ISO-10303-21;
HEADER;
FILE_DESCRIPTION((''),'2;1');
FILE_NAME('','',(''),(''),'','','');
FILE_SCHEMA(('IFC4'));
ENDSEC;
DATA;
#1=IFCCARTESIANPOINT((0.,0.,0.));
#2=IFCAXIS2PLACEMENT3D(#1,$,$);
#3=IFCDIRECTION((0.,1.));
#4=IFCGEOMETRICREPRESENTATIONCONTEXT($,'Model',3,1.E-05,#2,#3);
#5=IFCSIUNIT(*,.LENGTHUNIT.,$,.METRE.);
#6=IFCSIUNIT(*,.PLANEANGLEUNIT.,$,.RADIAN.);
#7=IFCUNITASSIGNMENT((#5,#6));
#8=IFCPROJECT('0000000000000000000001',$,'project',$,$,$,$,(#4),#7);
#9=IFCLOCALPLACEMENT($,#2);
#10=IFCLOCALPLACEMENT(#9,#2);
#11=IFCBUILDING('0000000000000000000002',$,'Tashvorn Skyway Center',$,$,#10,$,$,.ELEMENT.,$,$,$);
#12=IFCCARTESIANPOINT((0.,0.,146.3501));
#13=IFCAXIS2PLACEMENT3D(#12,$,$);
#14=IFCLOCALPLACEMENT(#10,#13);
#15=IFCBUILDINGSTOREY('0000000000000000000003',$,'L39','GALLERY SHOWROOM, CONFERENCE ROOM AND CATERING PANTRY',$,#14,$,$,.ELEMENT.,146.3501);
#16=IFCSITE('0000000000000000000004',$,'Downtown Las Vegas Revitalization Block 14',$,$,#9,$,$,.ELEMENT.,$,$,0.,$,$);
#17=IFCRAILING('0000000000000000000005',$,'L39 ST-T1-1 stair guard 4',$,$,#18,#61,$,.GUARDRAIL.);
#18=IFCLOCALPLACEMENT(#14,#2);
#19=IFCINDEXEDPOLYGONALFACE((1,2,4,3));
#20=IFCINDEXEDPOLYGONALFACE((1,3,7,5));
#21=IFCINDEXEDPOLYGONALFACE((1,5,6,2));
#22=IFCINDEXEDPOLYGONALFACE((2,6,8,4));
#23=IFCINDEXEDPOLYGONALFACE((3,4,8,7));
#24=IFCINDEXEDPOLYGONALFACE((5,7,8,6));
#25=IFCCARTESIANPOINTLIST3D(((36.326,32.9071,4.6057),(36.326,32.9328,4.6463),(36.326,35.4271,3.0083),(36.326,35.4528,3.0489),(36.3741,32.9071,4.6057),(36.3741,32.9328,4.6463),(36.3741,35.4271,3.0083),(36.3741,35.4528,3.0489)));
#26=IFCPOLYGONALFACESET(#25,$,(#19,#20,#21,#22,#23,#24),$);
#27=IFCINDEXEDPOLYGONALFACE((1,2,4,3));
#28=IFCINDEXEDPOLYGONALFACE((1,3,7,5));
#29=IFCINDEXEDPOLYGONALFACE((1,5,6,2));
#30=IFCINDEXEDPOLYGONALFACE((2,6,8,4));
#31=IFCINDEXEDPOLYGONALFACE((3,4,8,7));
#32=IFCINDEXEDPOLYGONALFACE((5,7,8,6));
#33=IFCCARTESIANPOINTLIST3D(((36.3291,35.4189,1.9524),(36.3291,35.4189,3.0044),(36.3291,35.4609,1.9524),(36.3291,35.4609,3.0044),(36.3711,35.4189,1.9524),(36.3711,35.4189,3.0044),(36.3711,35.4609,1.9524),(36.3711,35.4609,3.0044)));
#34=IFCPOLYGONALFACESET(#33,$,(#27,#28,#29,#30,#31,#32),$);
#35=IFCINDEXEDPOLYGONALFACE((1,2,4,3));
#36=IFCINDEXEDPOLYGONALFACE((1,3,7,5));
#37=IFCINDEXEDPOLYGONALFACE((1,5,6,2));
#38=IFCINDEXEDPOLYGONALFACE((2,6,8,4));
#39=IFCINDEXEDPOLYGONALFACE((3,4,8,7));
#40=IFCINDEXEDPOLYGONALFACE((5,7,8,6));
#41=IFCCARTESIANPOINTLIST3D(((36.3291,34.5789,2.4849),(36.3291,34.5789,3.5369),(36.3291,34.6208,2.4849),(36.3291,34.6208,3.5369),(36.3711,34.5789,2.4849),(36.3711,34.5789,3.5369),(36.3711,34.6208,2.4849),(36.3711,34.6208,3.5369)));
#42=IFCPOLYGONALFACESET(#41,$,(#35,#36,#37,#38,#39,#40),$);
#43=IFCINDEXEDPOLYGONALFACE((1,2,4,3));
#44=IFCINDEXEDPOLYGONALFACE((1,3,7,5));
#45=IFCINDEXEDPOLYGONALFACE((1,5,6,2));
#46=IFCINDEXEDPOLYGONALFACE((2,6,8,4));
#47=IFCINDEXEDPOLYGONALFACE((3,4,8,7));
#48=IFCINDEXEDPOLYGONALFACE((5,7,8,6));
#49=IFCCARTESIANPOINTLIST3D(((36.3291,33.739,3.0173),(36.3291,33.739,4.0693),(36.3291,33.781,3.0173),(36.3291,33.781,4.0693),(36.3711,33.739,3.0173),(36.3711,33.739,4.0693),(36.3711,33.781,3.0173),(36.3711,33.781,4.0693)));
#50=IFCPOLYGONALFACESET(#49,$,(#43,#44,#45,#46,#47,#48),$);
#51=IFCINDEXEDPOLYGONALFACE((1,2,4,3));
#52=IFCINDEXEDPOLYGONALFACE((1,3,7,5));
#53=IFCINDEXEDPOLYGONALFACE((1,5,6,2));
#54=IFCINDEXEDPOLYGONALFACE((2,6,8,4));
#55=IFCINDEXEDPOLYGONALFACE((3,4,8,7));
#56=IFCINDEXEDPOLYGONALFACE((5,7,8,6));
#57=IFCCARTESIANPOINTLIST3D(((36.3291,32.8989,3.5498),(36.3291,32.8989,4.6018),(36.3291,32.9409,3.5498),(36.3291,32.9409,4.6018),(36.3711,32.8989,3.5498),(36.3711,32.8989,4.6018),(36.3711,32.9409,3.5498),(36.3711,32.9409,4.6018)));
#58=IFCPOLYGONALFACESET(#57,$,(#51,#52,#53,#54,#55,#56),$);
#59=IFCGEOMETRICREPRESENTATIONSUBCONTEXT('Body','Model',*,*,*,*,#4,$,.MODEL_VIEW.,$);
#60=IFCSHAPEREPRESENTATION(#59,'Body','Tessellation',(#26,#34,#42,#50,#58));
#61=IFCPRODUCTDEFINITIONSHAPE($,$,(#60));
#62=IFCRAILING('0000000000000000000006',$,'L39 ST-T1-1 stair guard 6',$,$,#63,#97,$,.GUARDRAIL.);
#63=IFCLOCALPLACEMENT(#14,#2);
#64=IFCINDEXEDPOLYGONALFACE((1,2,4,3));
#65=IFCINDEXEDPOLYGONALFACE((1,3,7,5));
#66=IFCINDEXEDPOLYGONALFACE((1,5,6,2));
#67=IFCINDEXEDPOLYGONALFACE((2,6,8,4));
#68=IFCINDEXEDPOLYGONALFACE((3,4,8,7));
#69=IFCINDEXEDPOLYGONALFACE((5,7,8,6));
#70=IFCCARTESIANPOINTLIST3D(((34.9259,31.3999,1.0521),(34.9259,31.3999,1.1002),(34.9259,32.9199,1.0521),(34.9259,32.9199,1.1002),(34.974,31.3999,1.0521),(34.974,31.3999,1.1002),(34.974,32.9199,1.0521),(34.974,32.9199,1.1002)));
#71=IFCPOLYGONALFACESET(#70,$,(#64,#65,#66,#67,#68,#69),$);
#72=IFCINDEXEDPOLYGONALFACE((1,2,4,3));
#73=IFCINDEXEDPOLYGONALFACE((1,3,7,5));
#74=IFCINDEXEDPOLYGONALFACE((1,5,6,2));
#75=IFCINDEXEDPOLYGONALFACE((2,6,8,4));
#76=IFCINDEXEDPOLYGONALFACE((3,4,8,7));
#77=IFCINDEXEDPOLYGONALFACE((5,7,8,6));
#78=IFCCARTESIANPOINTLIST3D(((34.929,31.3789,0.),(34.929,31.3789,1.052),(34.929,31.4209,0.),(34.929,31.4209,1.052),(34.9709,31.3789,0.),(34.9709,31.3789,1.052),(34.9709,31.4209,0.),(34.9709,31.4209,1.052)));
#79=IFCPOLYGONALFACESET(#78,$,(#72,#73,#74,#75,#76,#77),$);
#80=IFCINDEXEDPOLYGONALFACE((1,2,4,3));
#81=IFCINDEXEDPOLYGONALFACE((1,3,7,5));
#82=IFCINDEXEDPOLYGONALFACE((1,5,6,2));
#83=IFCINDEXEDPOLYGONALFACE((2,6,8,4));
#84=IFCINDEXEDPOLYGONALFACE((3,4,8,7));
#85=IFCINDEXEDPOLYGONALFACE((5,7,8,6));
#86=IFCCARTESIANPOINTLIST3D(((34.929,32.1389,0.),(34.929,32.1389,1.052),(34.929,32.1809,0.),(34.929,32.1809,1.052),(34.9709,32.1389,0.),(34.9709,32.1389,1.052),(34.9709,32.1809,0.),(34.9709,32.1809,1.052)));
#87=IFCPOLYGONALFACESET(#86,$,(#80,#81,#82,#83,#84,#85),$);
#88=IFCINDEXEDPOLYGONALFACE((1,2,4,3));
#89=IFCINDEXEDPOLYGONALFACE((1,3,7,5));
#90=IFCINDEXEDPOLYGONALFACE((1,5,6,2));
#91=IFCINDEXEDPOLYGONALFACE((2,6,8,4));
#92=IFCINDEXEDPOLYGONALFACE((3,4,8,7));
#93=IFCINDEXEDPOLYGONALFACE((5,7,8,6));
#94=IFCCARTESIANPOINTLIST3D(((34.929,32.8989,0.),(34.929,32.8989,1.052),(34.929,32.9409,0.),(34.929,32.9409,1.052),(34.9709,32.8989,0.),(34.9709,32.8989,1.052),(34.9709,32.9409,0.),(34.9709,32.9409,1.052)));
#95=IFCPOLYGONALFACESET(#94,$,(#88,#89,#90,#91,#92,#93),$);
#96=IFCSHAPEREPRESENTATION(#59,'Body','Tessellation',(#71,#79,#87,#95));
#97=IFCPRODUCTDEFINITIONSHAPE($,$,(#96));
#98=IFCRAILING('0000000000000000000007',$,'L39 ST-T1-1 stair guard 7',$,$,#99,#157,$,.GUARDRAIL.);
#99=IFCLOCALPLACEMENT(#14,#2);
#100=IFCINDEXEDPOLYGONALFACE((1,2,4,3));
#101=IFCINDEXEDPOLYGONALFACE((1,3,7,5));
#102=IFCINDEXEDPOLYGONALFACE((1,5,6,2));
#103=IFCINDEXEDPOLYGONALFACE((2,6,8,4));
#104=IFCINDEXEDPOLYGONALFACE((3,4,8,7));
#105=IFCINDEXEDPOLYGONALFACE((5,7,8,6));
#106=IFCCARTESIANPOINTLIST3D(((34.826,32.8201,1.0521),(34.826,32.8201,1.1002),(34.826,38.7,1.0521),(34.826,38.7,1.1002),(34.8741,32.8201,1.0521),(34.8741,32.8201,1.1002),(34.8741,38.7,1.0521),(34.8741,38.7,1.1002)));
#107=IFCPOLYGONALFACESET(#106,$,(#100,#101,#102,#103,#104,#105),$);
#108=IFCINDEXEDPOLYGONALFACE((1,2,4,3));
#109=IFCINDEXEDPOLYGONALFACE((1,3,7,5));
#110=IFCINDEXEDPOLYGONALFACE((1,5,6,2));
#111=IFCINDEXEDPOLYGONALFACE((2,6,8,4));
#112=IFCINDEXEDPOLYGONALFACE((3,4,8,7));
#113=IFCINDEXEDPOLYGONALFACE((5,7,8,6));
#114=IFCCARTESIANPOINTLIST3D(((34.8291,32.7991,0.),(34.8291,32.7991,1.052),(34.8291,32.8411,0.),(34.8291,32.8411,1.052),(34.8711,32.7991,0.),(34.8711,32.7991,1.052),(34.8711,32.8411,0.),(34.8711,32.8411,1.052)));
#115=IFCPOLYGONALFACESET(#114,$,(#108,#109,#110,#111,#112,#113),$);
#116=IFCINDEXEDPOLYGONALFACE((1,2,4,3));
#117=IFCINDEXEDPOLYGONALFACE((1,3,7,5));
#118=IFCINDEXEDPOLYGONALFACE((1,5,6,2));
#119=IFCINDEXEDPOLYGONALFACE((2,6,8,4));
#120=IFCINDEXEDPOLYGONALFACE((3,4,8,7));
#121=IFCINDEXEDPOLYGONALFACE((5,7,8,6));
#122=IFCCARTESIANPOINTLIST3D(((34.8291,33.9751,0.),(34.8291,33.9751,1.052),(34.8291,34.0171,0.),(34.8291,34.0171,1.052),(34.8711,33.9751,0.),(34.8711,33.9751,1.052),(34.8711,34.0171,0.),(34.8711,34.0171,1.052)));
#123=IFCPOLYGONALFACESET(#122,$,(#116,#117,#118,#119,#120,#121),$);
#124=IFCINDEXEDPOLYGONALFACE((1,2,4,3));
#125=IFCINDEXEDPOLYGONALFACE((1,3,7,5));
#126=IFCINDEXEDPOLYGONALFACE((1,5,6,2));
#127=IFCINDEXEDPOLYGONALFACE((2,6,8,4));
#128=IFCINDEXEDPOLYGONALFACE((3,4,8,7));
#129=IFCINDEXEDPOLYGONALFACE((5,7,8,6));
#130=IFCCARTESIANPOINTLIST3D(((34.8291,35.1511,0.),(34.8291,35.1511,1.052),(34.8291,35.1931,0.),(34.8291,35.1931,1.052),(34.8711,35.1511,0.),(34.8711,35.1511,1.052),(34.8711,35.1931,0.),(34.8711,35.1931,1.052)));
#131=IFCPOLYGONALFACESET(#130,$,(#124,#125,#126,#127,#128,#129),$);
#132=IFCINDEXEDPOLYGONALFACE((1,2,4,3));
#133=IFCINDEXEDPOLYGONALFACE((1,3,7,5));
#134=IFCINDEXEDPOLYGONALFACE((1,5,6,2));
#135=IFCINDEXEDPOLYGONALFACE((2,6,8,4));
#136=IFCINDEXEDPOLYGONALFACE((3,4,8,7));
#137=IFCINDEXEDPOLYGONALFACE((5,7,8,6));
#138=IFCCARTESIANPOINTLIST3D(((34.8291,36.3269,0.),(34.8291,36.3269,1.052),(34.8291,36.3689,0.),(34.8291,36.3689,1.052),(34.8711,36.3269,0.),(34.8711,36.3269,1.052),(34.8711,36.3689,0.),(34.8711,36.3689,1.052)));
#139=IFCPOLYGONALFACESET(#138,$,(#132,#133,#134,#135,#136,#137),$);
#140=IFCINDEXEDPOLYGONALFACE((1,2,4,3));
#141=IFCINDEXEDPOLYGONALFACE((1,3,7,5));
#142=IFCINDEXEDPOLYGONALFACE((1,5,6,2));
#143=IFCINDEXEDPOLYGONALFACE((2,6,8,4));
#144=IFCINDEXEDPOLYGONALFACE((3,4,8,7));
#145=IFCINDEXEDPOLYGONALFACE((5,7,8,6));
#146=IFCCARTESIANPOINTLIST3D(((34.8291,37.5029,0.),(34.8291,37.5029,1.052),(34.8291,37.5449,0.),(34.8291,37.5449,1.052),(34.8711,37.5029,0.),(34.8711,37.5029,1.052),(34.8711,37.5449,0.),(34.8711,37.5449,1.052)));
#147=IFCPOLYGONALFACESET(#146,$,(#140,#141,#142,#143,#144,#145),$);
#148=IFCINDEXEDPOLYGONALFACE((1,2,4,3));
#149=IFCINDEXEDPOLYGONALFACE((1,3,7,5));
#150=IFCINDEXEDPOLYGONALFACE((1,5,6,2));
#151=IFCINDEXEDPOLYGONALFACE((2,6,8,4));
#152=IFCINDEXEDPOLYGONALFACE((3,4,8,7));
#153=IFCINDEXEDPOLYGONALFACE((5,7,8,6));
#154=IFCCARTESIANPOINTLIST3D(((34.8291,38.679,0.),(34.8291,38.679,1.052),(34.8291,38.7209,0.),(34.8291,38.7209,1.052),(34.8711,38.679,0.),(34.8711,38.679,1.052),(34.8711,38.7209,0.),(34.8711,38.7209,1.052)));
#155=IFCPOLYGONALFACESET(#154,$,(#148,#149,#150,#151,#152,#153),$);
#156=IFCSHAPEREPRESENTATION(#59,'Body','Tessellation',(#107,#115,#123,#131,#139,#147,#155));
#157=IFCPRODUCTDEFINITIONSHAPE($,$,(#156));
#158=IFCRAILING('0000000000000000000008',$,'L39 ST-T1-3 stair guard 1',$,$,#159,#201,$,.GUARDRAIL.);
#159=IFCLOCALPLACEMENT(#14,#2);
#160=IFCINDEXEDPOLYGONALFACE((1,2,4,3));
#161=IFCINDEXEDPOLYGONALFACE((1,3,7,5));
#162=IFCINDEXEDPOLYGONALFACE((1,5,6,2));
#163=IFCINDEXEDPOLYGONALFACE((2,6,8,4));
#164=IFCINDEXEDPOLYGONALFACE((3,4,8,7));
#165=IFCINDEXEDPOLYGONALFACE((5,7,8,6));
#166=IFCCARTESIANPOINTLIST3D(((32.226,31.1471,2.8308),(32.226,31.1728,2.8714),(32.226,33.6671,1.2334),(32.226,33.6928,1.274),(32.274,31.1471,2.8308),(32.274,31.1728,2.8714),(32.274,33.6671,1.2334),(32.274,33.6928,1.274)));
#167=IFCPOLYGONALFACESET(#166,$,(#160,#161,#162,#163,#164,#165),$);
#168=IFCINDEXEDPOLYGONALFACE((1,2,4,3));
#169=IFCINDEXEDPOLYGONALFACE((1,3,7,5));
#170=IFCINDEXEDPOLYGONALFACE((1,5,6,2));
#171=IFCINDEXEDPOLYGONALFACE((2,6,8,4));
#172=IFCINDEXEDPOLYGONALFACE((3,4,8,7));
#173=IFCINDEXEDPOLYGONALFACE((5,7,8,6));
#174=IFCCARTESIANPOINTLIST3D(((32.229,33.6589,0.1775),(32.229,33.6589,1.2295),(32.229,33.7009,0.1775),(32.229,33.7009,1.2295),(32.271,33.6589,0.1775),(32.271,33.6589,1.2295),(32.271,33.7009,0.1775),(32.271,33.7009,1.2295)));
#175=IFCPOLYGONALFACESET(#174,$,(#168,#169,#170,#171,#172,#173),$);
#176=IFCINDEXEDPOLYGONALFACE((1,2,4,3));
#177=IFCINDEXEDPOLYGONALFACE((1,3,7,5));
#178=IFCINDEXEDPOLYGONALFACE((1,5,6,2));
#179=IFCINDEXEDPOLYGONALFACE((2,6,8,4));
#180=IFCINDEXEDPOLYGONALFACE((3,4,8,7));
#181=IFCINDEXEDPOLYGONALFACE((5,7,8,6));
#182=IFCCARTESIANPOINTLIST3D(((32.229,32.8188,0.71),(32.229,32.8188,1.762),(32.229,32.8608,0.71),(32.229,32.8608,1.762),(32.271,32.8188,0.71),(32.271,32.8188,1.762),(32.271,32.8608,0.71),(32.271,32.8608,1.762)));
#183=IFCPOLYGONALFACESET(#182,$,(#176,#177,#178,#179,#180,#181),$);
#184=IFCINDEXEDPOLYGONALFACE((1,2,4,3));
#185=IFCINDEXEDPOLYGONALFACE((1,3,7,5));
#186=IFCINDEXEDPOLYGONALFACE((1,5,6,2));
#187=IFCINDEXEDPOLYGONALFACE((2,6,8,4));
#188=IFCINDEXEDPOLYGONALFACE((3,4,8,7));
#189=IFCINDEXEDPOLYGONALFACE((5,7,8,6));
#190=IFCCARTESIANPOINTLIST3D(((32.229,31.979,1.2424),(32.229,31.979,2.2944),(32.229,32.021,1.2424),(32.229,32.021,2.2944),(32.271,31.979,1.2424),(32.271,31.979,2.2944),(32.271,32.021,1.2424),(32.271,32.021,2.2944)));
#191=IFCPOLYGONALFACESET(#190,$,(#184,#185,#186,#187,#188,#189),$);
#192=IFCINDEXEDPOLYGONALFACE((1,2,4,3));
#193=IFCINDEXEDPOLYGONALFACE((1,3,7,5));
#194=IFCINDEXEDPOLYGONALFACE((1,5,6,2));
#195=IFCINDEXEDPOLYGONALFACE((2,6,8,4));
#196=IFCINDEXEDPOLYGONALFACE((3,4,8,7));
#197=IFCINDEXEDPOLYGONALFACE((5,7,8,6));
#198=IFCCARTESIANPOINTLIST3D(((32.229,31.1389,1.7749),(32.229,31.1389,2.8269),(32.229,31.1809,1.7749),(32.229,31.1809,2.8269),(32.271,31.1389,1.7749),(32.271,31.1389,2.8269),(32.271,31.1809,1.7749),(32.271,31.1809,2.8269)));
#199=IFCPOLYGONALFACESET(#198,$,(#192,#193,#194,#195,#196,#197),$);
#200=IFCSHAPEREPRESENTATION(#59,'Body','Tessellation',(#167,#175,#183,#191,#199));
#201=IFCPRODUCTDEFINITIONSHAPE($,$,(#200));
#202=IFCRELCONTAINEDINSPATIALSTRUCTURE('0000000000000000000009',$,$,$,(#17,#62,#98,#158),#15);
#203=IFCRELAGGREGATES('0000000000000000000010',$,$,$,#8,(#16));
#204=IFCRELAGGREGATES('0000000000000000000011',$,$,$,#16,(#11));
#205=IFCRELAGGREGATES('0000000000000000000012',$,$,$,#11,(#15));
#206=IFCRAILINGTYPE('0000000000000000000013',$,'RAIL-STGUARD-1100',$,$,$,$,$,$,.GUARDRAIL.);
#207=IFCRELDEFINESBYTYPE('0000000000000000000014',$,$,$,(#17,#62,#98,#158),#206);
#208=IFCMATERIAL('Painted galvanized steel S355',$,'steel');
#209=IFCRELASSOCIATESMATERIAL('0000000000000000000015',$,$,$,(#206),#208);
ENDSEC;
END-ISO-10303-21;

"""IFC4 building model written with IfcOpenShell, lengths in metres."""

from ifc_helpers import new_model, si_unit, direction, frame, origin, origin_2d, place, context, subcontext, project, spatial, rectangle, extrude, material, type_object, element, save


model = new_model("IFC4")

# Units and contexts
model_context = context("Model", 3, precision=1e-05, world=origin(), true_north=direction((0.0, 1.0)))
body_context = subcontext(model_context, "Body", "Model", "MODEL_VIEW")
ifc_project = project(units=[si_unit("LENGTHUNIT", "METRE"), si_unit("PLANEANGLEUNIT", "RADIAN")], contexts=[model_context])

# Site, building, storey
site_placement = place(None, origin())
site = spatial("IfcSite", under=ifc_project, at=site_placement, Name="Downtown Las Vegas Revitalization Block 14", CompositionType="ELEMENT", RefElevation=0.0)
building_placement = place(site_placement, origin())
building = spatial("IfcBuilding", under=site, at=building_placement, Name="Tashvorn Skyway Center", CompositionType="ELEMENT")
storey_placement = place(building_placement, frame((0.0, 0.0, 146.3501)))
storey = spatial("IfcBuildingStorey", under=building, at=storey_placement, Name="L39", Description="GALLERY SHOWROOM, CONFERENCE ROOM AND CATERING PANTRY", CompositionType="ELEMENT", Elevation=146.3501)

# Railings
ifc_material_1 = material(Name="Painted galvanized steel S355", Category="steel")
railing_type_1 = type_object("IfcRailingType", Name="RAIL-STGUARD-1100", PredefinedType="GUARDRAIL", material=ifc_material_1)
railing_1_placement = place(storey_placement, frame((36.3501, 35.4399, 1.9524)))
element("IfcRailing", 1, at=railing_1_placement, inside=storey, type_object=railing_type_1, Name="L39 ST-T1-1 stair guard 4", PredefinedType="GUARDRAIL", context=body_context, shape_type="SweptSolid", body=[
    extrude(rectangle(XDim=0.0481, YDim=0.0481, at=origin_2d()), frame((0.0, 0.0, 1.0762), z_axis=(0.0, -0.844607, 0.535387), x_axis=(1.0, 0.0, 0.0)), (0.0, 0.0, 1.0), 2.9836),
    extrude(rectangle(XDim=0.042, YDim=0.042, at=origin_2d()), origin(), (0.0, 0.0, 1.0), 1.052),
    extrude(rectangle(XDim=0.042, YDim=0.042, at=origin_2d()), frame((0.0, -0.8401, 0.5325)), (0.0, 0.0, 1.0), 1.052),
    extrude(rectangle(XDim=0.042, YDim=0.042, at=origin_2d()), frame((0.0, -1.6799, 1.0649)), (0.0, 0.0, 1.0), 1.052),
    extrude(rectangle(XDim=0.042, YDim=0.042, at=origin_2d()), frame((0.0, -2.52, 1.5974)), (0.0, 0.0, 1.0), 1.052),
])
railing_2_placement = place(storey_placement, frame((34.95, 31.3999, 0.0)))
element("IfcRailing", 2, at=railing_2_placement, inside=storey, type_object=railing_type_1, Name="L39 ST-T1-1 stair guard 6", PredefinedType="GUARDRAIL", context=body_context, shape_type="SweptSolid", body=[
    extrude(rectangle(XDim=0.0481, YDim=0.0481, at=origin_2d()), frame((0.0, 0.0, 1.0762), z_axis=(0.0, 1.0, 0.0), x_axis=(-1.0, 0.0, 0.0)), (0.0, 0.0, 1.0), 1.52),
    extrude(rectangle(XDim=0.042, YDim=0.042, at=origin_2d()), origin(), (0.0, 0.0, 1.0), 1.052),
    extrude(rectangle(XDim=0.042, YDim=0.042, at=origin_2d()), frame((0.0, 0.76, 0.0)), (0.0, 0.0, 1.0), 1.052),
    extrude(rectangle(XDim=0.042, YDim=0.042, at=origin_2d()), frame((0.0, 1.52, 0.0)), (0.0, 0.0, 1.0), 1.052),
])
railing_3_placement = place(storey_placement, frame((34.8501, 32.8201, 0.0)))
element("IfcRailing", 3, at=railing_3_placement, inside=storey, type_object=railing_type_1, Name="L39 ST-T1-1 stair guard 7", PredefinedType="GUARDRAIL", context=body_context, shape_type="SweptSolid", body=[
    extrude(rectangle(XDim=0.0481, YDim=0.0481, at=origin_2d()), frame((0.0, 0.0, 1.0762), z_axis=(0.0, 1.0, 0.0), x_axis=(-1.0, 0.0, 0.0)), (0.0, 0.0, 1.0), 5.8799),
    extrude(rectangle(XDim=0.042, YDim=0.042, at=origin_2d()), origin(), (0.0, 0.0, 1.0), 1.052),
    extrude(rectangle(XDim=0.042, YDim=0.042, at=origin_2d()), frame((0.0, 1.176, 0.0)), (0.0, 0.0, 1.0), 1.052),
    extrude(rectangle(XDim=0.042, YDim=0.042, at=origin_2d()), frame((0.0, 2.3521, 0.0)), (0.0, 0.0, 1.0), 1.052),
    extrude(rectangle(XDim=0.042, YDim=0.042, at=origin_2d()), frame((0.0, 3.5278, 0.0)), (0.0, 0.0, 1.0), 1.052),
    extrude(rectangle(XDim=0.042, YDim=0.042, at=origin_2d()), frame((0.0, 4.7039, 0.0)), (0.0, 0.0, 1.0), 1.052),
    extrude(rectangle(XDim=0.042, YDim=0.042, at=origin_2d()), frame((0.0, 5.8799, 0.0)), (0.0, 0.0, 1.0), 1.052),
])
railing_4_placement = place(storey_placement, frame((32.25, 33.6799, 0.1775)))
element("IfcRailing", 4, at=railing_4_placement, inside=storey, type_object=railing_type_1, Name="L39 ST-T1-3 stair guard 1", PredefinedType="GUARDRAIL", context=body_context, shape_type="SweptSolid", body=[
    extrude(rectangle(XDim=0.0481, YDim=0.0481, at=origin_2d()), frame((0.0, 0.0, 1.0762), z_axis=(0.0, -0.844607, 0.535387), x_axis=(1.0, 0.0, 0.0)), (0.0, 0.0, 1.0), 2.9836),
    extrude(rectangle(XDim=0.042, YDim=0.042, at=origin_2d()), origin(), (0.0, 0.0, 1.0), 1.052),
    extrude(rectangle(XDim=0.042, YDim=0.042, at=origin_2d()), frame((0.0, -0.8401, 0.5325)), (0.0, 0.0, 1.0), 1.052),
    extrude(rectangle(XDim=0.042, YDim=0.042, at=origin_2d()), frame((0.0, -1.6799, 1.0649)), (0.0, 0.0, 1.0), 1.052),
    extrude(rectangle(XDim=0.042, YDim=0.042, at=origin_2d()), frame((0.0, -2.52, 1.5974)), (0.0, 0.0, 1.0), 1.052),
])

save(model, "model.ifc")
